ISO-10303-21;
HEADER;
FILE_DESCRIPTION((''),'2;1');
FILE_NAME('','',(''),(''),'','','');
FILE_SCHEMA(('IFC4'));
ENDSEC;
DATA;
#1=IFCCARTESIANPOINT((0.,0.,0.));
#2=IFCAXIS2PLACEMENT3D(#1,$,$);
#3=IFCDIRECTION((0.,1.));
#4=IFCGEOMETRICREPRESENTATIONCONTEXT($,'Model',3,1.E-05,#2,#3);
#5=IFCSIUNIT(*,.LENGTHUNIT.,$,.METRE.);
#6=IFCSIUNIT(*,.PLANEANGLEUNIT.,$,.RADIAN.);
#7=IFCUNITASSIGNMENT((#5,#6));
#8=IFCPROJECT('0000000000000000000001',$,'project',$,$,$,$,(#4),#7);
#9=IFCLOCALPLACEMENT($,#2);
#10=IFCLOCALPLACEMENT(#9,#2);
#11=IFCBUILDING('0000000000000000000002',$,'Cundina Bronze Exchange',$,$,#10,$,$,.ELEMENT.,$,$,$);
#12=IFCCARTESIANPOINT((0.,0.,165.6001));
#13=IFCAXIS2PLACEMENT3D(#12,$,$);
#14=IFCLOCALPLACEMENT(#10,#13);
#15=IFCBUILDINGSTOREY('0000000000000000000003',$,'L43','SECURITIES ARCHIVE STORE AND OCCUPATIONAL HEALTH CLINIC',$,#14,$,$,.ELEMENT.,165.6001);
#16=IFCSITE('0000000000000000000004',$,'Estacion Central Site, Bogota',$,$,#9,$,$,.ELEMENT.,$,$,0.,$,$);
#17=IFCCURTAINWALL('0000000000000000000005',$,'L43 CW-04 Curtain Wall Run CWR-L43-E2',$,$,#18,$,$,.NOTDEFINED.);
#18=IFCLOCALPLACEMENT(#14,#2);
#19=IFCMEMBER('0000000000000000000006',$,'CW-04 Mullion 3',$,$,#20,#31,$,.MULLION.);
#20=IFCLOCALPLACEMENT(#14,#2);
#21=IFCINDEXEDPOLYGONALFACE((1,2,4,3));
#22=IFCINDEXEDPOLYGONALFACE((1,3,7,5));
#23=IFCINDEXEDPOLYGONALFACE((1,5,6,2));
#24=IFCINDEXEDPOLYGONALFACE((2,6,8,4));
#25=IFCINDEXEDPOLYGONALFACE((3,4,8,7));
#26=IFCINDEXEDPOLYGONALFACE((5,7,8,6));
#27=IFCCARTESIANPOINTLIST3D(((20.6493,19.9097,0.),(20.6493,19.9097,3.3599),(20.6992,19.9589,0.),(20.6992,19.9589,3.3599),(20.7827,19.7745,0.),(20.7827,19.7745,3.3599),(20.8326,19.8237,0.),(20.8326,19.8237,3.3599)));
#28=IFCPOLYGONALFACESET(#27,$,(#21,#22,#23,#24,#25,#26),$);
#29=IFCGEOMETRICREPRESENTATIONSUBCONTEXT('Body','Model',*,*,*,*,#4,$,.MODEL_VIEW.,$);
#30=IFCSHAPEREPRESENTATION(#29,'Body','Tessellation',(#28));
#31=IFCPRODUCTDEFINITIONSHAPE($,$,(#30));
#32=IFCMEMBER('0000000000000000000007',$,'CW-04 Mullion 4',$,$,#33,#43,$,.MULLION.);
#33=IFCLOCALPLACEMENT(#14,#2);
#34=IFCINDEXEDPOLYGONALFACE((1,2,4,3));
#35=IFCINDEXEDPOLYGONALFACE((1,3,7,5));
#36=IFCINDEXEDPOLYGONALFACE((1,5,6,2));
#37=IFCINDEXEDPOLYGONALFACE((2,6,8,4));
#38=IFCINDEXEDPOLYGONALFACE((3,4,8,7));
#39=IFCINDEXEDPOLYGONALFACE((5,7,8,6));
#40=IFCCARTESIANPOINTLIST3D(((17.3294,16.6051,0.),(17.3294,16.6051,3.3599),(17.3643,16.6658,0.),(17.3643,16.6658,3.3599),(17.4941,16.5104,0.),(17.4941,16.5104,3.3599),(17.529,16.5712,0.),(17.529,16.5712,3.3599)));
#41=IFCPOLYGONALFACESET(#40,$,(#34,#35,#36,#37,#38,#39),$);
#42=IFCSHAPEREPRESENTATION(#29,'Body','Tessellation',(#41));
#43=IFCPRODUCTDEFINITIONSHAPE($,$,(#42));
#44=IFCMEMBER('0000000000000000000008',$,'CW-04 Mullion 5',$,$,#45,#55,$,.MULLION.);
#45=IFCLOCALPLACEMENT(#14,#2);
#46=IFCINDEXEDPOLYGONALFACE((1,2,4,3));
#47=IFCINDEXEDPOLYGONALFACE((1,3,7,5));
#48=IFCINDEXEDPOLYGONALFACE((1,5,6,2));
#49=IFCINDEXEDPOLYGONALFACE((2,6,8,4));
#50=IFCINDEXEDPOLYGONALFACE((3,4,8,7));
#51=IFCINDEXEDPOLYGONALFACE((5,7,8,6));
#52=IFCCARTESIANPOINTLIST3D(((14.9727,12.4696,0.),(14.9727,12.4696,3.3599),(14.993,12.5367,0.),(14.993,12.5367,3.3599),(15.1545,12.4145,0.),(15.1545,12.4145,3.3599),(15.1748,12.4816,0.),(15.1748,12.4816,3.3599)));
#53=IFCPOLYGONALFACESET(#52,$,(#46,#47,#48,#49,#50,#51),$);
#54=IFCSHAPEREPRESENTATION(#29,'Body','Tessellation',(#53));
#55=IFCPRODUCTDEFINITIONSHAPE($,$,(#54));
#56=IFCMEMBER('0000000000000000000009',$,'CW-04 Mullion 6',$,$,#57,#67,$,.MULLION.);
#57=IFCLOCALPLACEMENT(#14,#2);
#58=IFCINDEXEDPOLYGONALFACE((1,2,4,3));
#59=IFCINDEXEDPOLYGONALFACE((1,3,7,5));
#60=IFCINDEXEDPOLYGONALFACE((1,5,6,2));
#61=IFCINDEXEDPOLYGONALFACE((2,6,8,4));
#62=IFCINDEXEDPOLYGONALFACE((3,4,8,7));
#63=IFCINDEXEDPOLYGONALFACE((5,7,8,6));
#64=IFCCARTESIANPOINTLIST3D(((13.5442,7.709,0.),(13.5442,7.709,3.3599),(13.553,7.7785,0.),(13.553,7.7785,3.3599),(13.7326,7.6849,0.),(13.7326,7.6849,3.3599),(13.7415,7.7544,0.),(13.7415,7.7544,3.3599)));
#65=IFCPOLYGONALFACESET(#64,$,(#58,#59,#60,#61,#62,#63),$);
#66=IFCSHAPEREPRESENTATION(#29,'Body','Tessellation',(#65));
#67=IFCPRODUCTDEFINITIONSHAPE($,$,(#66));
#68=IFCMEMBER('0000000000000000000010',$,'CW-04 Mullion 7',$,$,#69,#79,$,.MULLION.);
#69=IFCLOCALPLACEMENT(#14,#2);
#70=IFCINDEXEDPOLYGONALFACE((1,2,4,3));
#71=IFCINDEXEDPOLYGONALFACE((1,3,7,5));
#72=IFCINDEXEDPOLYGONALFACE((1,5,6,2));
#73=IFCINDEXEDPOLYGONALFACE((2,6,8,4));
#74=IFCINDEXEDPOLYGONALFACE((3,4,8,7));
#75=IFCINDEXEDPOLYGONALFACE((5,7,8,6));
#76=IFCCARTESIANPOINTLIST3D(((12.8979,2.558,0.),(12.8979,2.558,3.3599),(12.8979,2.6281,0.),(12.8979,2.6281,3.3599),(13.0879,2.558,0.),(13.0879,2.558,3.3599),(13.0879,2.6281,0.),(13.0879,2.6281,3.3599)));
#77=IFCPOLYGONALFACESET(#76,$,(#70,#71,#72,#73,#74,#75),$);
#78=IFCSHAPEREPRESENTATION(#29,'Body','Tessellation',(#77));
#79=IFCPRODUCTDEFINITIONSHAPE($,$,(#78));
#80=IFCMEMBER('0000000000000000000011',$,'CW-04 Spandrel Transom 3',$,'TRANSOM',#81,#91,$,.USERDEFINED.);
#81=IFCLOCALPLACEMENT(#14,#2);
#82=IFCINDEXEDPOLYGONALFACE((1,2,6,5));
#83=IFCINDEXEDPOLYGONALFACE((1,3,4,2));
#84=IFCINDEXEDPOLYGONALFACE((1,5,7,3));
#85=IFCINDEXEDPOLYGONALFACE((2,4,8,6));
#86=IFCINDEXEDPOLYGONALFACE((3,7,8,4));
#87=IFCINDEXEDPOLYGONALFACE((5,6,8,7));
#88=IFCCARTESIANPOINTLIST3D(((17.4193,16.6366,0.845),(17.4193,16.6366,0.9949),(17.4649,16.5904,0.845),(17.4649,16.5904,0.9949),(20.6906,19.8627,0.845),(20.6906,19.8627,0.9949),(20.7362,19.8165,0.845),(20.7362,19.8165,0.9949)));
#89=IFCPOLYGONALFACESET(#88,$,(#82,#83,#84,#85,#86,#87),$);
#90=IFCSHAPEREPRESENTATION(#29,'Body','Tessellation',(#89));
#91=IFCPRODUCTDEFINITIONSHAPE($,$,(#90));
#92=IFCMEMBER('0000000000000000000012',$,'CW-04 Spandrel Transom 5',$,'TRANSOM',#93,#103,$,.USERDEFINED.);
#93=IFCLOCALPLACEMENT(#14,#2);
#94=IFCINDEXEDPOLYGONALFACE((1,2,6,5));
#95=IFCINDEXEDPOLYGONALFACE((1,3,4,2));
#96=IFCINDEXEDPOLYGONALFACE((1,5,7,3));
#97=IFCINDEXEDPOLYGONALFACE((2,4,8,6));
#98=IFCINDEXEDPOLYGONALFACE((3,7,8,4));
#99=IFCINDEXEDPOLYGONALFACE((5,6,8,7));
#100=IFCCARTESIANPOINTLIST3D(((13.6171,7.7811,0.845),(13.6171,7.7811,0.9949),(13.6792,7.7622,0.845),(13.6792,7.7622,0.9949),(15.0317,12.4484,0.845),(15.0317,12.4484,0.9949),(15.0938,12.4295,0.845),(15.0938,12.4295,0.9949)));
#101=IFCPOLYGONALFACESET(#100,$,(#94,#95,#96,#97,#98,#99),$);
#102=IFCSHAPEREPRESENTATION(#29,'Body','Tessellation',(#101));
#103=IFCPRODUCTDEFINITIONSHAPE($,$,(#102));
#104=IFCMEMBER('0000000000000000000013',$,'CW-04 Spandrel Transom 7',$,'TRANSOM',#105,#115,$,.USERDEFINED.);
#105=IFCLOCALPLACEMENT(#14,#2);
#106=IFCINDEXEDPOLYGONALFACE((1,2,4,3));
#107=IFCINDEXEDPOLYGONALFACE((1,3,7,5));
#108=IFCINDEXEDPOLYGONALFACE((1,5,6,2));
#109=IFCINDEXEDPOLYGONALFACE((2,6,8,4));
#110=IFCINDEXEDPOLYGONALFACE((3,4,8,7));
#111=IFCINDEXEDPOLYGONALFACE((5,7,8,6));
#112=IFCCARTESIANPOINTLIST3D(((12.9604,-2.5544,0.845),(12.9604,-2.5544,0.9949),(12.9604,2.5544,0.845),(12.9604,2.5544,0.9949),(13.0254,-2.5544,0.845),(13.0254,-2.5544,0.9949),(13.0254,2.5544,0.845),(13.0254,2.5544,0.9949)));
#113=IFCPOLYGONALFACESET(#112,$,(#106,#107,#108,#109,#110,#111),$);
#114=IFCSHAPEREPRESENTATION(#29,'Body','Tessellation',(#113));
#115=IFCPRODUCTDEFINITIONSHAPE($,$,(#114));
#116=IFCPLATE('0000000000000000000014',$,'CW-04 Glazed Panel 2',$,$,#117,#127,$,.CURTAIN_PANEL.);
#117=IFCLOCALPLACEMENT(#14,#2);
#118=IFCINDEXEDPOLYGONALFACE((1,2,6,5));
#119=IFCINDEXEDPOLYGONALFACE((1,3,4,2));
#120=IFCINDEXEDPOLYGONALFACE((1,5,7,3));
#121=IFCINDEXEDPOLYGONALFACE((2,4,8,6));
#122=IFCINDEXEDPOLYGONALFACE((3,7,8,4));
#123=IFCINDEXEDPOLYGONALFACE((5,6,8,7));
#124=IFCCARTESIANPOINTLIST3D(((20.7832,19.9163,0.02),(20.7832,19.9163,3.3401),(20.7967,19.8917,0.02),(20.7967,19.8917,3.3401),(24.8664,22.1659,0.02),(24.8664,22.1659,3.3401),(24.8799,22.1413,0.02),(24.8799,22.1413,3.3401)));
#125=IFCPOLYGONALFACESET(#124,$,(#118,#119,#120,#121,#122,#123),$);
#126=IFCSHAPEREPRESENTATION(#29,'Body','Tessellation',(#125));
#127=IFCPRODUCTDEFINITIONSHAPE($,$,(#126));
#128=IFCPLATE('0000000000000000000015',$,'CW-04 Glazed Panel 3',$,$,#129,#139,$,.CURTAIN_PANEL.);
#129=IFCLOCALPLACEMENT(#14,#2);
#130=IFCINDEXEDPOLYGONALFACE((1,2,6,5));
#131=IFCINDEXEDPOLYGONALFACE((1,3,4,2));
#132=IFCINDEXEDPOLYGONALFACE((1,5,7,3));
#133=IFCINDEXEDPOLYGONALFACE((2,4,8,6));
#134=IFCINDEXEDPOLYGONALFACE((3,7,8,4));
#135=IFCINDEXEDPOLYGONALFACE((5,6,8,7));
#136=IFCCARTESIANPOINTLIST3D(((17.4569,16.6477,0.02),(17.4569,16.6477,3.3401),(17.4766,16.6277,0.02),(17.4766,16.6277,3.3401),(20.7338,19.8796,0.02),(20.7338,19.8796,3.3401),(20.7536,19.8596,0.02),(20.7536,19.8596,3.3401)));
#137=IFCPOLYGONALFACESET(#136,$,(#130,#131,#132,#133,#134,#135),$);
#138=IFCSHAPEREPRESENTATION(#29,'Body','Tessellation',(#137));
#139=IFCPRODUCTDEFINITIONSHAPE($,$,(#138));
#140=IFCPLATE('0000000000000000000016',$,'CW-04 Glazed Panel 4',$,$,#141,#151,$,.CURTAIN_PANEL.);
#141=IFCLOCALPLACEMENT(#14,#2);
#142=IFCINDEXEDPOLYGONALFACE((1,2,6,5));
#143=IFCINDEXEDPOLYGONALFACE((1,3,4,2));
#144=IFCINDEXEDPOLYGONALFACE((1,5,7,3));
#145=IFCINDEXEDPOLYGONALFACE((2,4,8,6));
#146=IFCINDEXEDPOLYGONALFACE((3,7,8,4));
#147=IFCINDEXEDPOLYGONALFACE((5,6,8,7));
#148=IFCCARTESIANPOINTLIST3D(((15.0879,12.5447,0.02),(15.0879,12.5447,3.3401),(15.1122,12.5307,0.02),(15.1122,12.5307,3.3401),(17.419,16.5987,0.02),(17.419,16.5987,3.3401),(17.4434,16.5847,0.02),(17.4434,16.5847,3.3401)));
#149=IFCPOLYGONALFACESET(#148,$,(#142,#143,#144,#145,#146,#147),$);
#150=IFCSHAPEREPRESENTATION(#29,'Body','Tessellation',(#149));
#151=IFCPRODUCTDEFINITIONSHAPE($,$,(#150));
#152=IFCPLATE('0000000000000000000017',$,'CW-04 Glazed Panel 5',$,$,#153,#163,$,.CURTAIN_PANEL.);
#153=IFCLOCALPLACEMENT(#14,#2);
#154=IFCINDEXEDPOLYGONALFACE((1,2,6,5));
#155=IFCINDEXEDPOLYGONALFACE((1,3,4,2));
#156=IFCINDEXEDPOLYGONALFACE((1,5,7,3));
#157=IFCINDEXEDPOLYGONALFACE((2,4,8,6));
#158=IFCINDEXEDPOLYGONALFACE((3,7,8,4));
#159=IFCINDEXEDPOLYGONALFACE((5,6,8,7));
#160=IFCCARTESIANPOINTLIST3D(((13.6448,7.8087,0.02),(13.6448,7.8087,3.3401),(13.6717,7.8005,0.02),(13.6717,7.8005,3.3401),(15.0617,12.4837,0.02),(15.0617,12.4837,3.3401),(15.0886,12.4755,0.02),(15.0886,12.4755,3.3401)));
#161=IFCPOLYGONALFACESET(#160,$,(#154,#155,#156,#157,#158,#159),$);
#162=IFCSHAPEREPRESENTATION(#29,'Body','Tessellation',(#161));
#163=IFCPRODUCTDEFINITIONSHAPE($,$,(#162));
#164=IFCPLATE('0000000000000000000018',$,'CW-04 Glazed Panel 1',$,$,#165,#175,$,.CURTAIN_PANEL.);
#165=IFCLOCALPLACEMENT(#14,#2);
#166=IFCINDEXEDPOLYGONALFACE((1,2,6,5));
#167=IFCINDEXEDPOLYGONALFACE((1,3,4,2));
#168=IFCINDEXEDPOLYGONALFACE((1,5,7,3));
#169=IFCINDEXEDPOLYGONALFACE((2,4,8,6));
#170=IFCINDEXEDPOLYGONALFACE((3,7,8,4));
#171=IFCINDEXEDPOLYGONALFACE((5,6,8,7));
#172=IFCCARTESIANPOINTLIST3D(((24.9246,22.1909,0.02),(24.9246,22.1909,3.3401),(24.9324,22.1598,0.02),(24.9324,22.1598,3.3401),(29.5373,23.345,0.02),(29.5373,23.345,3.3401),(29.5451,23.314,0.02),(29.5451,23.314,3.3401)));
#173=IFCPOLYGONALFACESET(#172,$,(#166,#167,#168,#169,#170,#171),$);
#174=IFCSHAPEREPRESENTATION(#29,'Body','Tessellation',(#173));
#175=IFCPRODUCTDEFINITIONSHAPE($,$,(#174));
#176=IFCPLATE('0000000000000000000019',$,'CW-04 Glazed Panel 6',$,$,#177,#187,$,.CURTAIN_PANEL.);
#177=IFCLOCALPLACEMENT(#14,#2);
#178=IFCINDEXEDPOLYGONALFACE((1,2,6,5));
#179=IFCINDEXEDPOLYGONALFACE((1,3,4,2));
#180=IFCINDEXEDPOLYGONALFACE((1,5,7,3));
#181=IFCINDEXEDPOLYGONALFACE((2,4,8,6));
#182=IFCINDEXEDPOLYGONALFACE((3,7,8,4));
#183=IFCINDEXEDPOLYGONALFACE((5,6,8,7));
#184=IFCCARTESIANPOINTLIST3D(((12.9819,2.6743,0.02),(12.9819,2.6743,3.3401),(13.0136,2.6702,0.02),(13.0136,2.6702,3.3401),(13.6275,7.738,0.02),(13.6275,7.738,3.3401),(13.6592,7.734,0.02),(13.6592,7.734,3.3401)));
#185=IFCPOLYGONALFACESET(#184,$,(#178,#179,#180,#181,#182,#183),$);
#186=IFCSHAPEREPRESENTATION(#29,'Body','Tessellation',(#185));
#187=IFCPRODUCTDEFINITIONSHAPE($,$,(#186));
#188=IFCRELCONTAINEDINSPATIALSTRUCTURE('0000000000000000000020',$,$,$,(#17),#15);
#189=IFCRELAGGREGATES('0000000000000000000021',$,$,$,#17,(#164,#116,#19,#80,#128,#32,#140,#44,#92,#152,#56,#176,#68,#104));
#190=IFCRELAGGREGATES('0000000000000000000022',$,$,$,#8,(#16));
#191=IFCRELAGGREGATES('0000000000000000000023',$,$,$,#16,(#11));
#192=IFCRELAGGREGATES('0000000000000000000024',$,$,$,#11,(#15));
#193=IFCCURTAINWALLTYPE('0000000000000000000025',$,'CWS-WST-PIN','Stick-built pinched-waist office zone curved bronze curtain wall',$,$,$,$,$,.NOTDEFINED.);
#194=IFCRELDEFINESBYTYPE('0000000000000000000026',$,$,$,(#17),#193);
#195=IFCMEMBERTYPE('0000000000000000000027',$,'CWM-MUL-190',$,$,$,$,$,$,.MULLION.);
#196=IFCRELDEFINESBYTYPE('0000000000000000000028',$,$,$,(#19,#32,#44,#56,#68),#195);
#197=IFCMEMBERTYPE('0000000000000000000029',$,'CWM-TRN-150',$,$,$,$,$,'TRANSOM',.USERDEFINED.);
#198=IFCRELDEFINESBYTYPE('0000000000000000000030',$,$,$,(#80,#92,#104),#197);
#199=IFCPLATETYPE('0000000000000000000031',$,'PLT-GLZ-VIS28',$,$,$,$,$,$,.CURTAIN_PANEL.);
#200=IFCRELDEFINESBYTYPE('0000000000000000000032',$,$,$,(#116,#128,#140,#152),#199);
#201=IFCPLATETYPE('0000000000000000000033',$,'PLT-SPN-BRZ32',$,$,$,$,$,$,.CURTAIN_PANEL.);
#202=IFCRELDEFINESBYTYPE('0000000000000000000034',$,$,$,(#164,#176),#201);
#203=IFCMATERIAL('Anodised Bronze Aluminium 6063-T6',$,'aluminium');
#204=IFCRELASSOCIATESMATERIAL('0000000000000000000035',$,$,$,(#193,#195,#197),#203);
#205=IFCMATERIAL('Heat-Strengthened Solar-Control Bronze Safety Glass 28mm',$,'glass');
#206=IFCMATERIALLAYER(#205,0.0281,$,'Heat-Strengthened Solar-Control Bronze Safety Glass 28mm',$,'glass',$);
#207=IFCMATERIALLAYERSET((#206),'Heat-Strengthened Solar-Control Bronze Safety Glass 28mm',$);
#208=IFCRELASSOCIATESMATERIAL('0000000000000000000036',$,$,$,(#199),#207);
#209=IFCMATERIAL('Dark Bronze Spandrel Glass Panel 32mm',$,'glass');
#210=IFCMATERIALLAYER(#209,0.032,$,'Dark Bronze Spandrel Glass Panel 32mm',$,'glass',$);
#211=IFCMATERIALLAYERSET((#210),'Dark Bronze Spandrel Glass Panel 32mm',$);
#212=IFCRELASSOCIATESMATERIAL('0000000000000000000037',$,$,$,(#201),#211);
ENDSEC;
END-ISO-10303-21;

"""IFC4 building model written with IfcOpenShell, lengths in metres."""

from ifc_helpers import new_model, si_unit, direction, frame, origin, origin_2d, place, context, subcontext, project, spatial, rectangle, extrude, material, layer, layer_set, material_profile, profile_set, type_object, element, aggregate, save


model = new_model("IFC4")

# Units and contexts
model_context = context("Model", 3, precision=1e-05, world=origin(), true_north=direction((0.0, 1.0)))
body_context = subcontext(model_context, "Body", "Model", "MODEL_VIEW")
ifc_project = project(units=[si_unit("LENGTHUNIT", "METRE"), si_unit("PLANEANGLEUNIT", "RADIAN")], contexts=[model_context])

# Site, building, storey
site_placement = place(None, origin())
site = spatial("IfcSite", under=ifc_project, at=site_placement, Name="Estacion Central Site, Bogota", CompositionType="ELEMENT", RefElevation=0.0)
building_placement = place(site_placement, origin())
building = spatial("IfcBuilding", under=site, at=building_placement, Name="Cundina Bronze Exchange", CompositionType="ELEMENT")
storey_placement = place(building_placement, frame((0.0, 0.0, 165.6001)))
storey = spatial("IfcBuildingStorey", under=building, at=storey_placement, Name="L43", Description="SECURITIES ARCHIVE STORE AND OCCUPATIONAL HEALTH CLINIC", CompositionType="ELEMENT", Elevation=165.6001)

# Curtain wall, members, plates
ifc_material_1 = material(Name="Anodised Bronze Aluminium 6063-T6", Category="aluminium")
curtain_wall_type = type_object("IfcCurtainWallType", Name="CWS-WST-PIN", Description="Stick-built pinched-waist office zone curved bronze curtain wall", PredefinedType="NOTDEFINED", material=ifc_material_1)
curtain_wall_placement = place(storey_placement, origin())
curtain_wall = element("IfcCurtainWall", 1, at=curtain_wall_placement, inside=storey, type_object=curtain_wall_type, Name="L43 CW-04 Curtain Wall Run CWR-L43-E2", PredefinedType="NOTDEFINED")
ifc_material_profile_1 = material_profile(ifc_material_1, rectangle(XDim=0.0701, YDim=0.1899, at=origin_2d()), Name="AL70X190", Category="aluminium")
ifc_profile_set_1 = profile_set([ifc_material_profile_1], Name="Anodised Bronze Aluminium 6063-T6")
member_type_1 = type_object("IfcMemberType", Name="CWM-MUL-190", PredefinedType="MULLION", material=ifc_profile_set_1)
member_1_placement = place(storey_placement, frame((20.741, 19.8667, 0.0), z_axis=(0.0, 0.0, 1.0), x_axis=(-0.712026, -0.702153, 0.0)))
member_1 = element("IfcMember", 2, at=member_1_placement, type_object=member_type_1, Name="CW-04 Mullion 3", PredefinedType="MULLION", context=body_context, shape_type="SweptSolid", body=[
    extrude(rectangle(XDim=0.0701, YDim=0.1899, at=origin_2d()), origin(), (0.0, 0.0, 1.0), 3.3599),
])
member_2_placement = place(storey_placement, frame((17.4292, 16.5881, 0.0), z_axis=(0.0, 0.0, 1.0), x_axis=(-0.498488, -0.866897, 0.0)))
member_2 = element("IfcMember", 3, at=member_2_placement, type_object=member_type_1, Name="CW-04 Mullion 4", PredefinedType="MULLION", context=body_context, shape_type="SweptSolid", body=[
    extrude(rectangle(XDim=0.0701, YDim=0.1899, at=origin_2d()), origin(), (0.0, 0.0, 1.0), 3.3599),
])
member_3_placement = place(storey_placement, frame((15.0737, 12.4756, 0.0), z_axis=(0.0, 0.0, 1.0), x_axis=(-0.290034, -0.957016, 0.0)))
member_3 = element("IfcMember", 4, at=member_3_placement, type_object=member_type_1, Name="CW-04 Mullion 5", PredefinedType="MULLION", context=body_context, shape_type="SweptSolid", body=[
    extrude(rectangle(XDim=0.0701, YDim=0.1899, at=origin_2d()), origin(), (0.0, 0.0, 1.0), 3.3599),
])
member_4_placement = place(storey_placement, frame((13.6428, 7.7317, 0.0), z_axis=(0.0, 0.0, 1.0), x_axis=(-0.126545, -0.991961, 0.0)))
member_4 = element("IfcMember", 5, at=member_4_placement, type_object=member_type_1, Name="CW-04 Mullion 6", PredefinedType="MULLION", context=body_context, shape_type="SweptSolid", body=[
    extrude(rectangle(XDim=0.0701, YDim=0.1899, at=origin_2d()), origin(), (0.0, 0.0, 1.0), 3.3599),
])
member_5_placement = place(storey_placement, frame((12.9929, 2.593, 0.0), z_axis=(0.0, 0.0, 1.0), x_axis=(0.0, -1.0, 0.0)))
member_5 = element("IfcMember", 6, at=member_5_placement, type_object=member_type_1, Name="CW-04 Mullion 7", PredefinedType="MULLION", context=body_context, shape_type="SweptSolid", body=[
    extrude(rectangle(XDim=0.0701, YDim=0.1899, at=origin_2d()), origin(), (0.0, 0.0, 1.0), 3.3599),
])
ifc_material_profile_2 = material_profile(ifc_material_1, rectangle(XDim=0.0649, YDim=0.1499, at=origin_2d()), Name="AL65X150", Category="aluminium")
ifc_profile_set_2 = profile_set([ifc_material_profile_2], Name="Anodised Bronze Aluminium 6063-T6")
member_type_2 = type_object("IfcMemberType", Name="CWM-TRN-150", ElementType="TRANSOM", PredefinedType="USERDEFINED", material=ifc_profile_set_2)
member_6_placement = place(storey_placement, frame((20.7134, 19.8396, 0.9199), z_axis=(-0.712005, -0.702174, 0.0), x_axis=(0.702174, -0.712005, 0.0)))
member_6 = element("IfcMember", 7, at=member_6_placement, type_object=member_type_2, Name="CW-04 Spandrel Transom 3", ObjectType="TRANSOM", PredefinedType="USERDEFINED", context=body_context, shape_type="SweptSolid", body=[
    extrude(rectangle(XDim=0.0649, YDim=0.1499, at=origin_2d()), origin(), (0.0, 0.0, 1.0), 4.5945),
])
member_7_placement = place(storey_placement, frame((15.0627, 12.439, 0.9199), z_axis=(-0.290052, -0.957011, 0.0), x_axis=(0.957011, -0.290052, 0.0)))
member_7 = element("IfcMember", 8, at=member_7_placement, type_object=member_type_2, Name="CW-04 Spandrel Transom 5", ObjectType="TRANSOM", PredefinedType="USERDEFINED", context=body_context, shape_type="SweptSolid", body=[
    extrude(rectangle(XDim=0.0649, YDim=0.1499, at=origin_2d()), origin(), (0.0, 0.0, 1.0), 4.877),
])
member_8_placement = place(storey_placement, frame((12.9929, 2.5544, 0.9199), z_axis=(0.0, -1.0, 0.0), x_axis=(1.0, 0.0, 0.0)))
member_8 = element("IfcMember", 9, at=member_8_placement, type_object=member_type_2, Name="CW-04 Spandrel Transom 7", ObjectType="TRANSOM", PredefinedType="USERDEFINED", context=body_context, shape_type="SweptSolid", body=[
    extrude(rectangle(XDim=0.0649, YDim=0.1499, at=origin_2d()), origin(), (0.0, 0.0, 1.0), 5.1089),
])
ifc_material_2 = material(Name="Heat-Strengthened Solar-Control Bronze Safety Glass 28mm", Category="glass")
ifc_layer_1 = layer(ifc_material_2, 0.0281, Name="Heat-Strengthened Solar-Control Bronze Safety Glass 28mm", Category="glass")
ifc_layer_set_1 = layer_set([ifc_layer_1], Name="Heat-Strengthened Solar-Control Bronze Safety Glass 28mm")
plate_type_1 = type_object("IfcPlateType", Name="PLT-GLZ-VIS28", PredefinedType="CURTAIN_PANEL", material=ifc_layer_set_1)
plate_1_placement = place(storey_placement, frame((22.8315, 21.0288, 0.02), z_axis=(0.0, 0.0, 1.0), x_axis=(-0.875869, -0.482549, 0.0)))
plate_1 = element("IfcPlate", 10, at=plate_1_placement, type_object=plate_type_1, Name="CW-04 Glazed Panel 2", PredefinedType="CURTAIN_PANEL", context=body_context, shape_type="SweptSolid", body=[
    extrude(rectangle(XDim=4.6619, YDim=0.0281, at=origin_2d()), origin(), (0.0, 0.0, 1.0), 3.3201),
])
plate_2_placement = place(storey_placement, frame((19.1052, 18.2537, 0.02), z_axis=(0.0, 0.0, 1.0), x_axis=(-0.711989, -0.70219, 0.0)))
plate_2 = element("IfcPlate", 11, at=plate_2_placement, type_object=plate_type_1, Name="CW-04 Glazed Panel 3", PredefinedType="CURTAIN_PANEL", context=body_context, shape_type="SweptSolid", body=[
    extrude(rectangle(XDim=4.6025, YDim=0.0281, at=origin_2d()), origin(), (0.0, 0.0, 1.0), 3.3201),
])
plate_3_placement = place(storey_placement, frame((16.2656, 14.5647, 0.02), z_axis=(0.0, 0.0, 1.0), x_axis=(-0.498488, -0.866897, 0.0)))
plate_3 = element("IfcPlate", 12, at=plate_3_placement, type_object=plate_type_1, Name="CW-04 Glazed Panel 4", PredefinedType="CURTAIN_PANEL", context=body_context, shape_type="SweptSolid", body=[
    extrude(rectangle(XDim=4.6765, YDim=0.0281, at=origin_2d()), origin(), (0.0, 0.0, 1.0), 3.3201),
])
plate_4_placement = place(storey_placement, frame((14.3667, 10.1421, 0.02), z_axis=(0.0, 0.0, 1.0), x_axis=(-0.290051, -0.957011, 0.0)))
plate_4 = element("IfcPlate", 13, at=plate_4_placement, type_object=plate_type_1, Name="CW-04 Glazed Panel 5", PredefinedType="CURTAIN_PANEL", context=body_context, shape_type="SweptSolid", body=[
    extrude(rectangle(XDim=4.885, YDim=0.0281, at=origin_2d()), origin(), (0.0, 0.0, 1.0), 3.3201),
])
ifc_material_3 = material(Name="Dark Bronze Spandrel Glass Panel 32mm", Category="glass")
ifc_layer_2 = layer(ifc_material_3, 0.032, Name="Dark Bronze Spandrel Glass Panel 32mm", Category="glass")
ifc_layer_set_2 = layer_set([ifc_layer_2], Name="Dark Bronze Spandrel Glass Panel 32mm")
plate_type_2 = type_object("IfcPlateType", Name="PLT-SPN-BRZ32", PredefinedType="CURTAIN_PANEL", material=ifc_layer_set_2)
plate_5_placement = place(storey_placement, frame((27.2349, 22.7524, 0.02), z_axis=(0.0, 0.0, 1.0), x_axis=(-0.970093, -0.242735, 0.0)))
plate_5 = element("IfcPlate", 14, at=plate_5_placement, type_object=plate_type_2, Name="CW-04 Glazed Panel 1", PredefinedType="CURTAIN_PANEL", context=body_context, shape_type="SweptSolid", body=[
    extrude(rectangle(XDim=4.7549, YDim=0.032, at=origin_2d()), origin(), (0.0, 0.0, 1.0), 3.3201),
])
plate_6_placement = place(storey_placement, frame((13.3206, 5.2041, 0.02), z_axis=(0.0, 0.0, 1.0), x_axis=(-0.126476, -0.99197, 0.0)))
plate_6 = element("IfcPlate", 15, at=plate_6_placement, type_object=plate_type_2, Name="CW-04 Glazed Panel 6", PredefinedType="CURTAIN_PANEL", context=body_context, shape_type="SweptSolid", body=[
    extrude(rectangle(XDim=5.1047, YDim=0.032, at=origin_2d()), origin(), (0.0, 0.0, 1.0), 3.3201),
])
aggregate(curtain_wall, [plate_5, plate_1, member_1, member_6, plate_2, member_2, plate_3, member_3, member_7, plate_4, member_4, plate_6, member_5, member_8])

save(model, "model.ifc")
